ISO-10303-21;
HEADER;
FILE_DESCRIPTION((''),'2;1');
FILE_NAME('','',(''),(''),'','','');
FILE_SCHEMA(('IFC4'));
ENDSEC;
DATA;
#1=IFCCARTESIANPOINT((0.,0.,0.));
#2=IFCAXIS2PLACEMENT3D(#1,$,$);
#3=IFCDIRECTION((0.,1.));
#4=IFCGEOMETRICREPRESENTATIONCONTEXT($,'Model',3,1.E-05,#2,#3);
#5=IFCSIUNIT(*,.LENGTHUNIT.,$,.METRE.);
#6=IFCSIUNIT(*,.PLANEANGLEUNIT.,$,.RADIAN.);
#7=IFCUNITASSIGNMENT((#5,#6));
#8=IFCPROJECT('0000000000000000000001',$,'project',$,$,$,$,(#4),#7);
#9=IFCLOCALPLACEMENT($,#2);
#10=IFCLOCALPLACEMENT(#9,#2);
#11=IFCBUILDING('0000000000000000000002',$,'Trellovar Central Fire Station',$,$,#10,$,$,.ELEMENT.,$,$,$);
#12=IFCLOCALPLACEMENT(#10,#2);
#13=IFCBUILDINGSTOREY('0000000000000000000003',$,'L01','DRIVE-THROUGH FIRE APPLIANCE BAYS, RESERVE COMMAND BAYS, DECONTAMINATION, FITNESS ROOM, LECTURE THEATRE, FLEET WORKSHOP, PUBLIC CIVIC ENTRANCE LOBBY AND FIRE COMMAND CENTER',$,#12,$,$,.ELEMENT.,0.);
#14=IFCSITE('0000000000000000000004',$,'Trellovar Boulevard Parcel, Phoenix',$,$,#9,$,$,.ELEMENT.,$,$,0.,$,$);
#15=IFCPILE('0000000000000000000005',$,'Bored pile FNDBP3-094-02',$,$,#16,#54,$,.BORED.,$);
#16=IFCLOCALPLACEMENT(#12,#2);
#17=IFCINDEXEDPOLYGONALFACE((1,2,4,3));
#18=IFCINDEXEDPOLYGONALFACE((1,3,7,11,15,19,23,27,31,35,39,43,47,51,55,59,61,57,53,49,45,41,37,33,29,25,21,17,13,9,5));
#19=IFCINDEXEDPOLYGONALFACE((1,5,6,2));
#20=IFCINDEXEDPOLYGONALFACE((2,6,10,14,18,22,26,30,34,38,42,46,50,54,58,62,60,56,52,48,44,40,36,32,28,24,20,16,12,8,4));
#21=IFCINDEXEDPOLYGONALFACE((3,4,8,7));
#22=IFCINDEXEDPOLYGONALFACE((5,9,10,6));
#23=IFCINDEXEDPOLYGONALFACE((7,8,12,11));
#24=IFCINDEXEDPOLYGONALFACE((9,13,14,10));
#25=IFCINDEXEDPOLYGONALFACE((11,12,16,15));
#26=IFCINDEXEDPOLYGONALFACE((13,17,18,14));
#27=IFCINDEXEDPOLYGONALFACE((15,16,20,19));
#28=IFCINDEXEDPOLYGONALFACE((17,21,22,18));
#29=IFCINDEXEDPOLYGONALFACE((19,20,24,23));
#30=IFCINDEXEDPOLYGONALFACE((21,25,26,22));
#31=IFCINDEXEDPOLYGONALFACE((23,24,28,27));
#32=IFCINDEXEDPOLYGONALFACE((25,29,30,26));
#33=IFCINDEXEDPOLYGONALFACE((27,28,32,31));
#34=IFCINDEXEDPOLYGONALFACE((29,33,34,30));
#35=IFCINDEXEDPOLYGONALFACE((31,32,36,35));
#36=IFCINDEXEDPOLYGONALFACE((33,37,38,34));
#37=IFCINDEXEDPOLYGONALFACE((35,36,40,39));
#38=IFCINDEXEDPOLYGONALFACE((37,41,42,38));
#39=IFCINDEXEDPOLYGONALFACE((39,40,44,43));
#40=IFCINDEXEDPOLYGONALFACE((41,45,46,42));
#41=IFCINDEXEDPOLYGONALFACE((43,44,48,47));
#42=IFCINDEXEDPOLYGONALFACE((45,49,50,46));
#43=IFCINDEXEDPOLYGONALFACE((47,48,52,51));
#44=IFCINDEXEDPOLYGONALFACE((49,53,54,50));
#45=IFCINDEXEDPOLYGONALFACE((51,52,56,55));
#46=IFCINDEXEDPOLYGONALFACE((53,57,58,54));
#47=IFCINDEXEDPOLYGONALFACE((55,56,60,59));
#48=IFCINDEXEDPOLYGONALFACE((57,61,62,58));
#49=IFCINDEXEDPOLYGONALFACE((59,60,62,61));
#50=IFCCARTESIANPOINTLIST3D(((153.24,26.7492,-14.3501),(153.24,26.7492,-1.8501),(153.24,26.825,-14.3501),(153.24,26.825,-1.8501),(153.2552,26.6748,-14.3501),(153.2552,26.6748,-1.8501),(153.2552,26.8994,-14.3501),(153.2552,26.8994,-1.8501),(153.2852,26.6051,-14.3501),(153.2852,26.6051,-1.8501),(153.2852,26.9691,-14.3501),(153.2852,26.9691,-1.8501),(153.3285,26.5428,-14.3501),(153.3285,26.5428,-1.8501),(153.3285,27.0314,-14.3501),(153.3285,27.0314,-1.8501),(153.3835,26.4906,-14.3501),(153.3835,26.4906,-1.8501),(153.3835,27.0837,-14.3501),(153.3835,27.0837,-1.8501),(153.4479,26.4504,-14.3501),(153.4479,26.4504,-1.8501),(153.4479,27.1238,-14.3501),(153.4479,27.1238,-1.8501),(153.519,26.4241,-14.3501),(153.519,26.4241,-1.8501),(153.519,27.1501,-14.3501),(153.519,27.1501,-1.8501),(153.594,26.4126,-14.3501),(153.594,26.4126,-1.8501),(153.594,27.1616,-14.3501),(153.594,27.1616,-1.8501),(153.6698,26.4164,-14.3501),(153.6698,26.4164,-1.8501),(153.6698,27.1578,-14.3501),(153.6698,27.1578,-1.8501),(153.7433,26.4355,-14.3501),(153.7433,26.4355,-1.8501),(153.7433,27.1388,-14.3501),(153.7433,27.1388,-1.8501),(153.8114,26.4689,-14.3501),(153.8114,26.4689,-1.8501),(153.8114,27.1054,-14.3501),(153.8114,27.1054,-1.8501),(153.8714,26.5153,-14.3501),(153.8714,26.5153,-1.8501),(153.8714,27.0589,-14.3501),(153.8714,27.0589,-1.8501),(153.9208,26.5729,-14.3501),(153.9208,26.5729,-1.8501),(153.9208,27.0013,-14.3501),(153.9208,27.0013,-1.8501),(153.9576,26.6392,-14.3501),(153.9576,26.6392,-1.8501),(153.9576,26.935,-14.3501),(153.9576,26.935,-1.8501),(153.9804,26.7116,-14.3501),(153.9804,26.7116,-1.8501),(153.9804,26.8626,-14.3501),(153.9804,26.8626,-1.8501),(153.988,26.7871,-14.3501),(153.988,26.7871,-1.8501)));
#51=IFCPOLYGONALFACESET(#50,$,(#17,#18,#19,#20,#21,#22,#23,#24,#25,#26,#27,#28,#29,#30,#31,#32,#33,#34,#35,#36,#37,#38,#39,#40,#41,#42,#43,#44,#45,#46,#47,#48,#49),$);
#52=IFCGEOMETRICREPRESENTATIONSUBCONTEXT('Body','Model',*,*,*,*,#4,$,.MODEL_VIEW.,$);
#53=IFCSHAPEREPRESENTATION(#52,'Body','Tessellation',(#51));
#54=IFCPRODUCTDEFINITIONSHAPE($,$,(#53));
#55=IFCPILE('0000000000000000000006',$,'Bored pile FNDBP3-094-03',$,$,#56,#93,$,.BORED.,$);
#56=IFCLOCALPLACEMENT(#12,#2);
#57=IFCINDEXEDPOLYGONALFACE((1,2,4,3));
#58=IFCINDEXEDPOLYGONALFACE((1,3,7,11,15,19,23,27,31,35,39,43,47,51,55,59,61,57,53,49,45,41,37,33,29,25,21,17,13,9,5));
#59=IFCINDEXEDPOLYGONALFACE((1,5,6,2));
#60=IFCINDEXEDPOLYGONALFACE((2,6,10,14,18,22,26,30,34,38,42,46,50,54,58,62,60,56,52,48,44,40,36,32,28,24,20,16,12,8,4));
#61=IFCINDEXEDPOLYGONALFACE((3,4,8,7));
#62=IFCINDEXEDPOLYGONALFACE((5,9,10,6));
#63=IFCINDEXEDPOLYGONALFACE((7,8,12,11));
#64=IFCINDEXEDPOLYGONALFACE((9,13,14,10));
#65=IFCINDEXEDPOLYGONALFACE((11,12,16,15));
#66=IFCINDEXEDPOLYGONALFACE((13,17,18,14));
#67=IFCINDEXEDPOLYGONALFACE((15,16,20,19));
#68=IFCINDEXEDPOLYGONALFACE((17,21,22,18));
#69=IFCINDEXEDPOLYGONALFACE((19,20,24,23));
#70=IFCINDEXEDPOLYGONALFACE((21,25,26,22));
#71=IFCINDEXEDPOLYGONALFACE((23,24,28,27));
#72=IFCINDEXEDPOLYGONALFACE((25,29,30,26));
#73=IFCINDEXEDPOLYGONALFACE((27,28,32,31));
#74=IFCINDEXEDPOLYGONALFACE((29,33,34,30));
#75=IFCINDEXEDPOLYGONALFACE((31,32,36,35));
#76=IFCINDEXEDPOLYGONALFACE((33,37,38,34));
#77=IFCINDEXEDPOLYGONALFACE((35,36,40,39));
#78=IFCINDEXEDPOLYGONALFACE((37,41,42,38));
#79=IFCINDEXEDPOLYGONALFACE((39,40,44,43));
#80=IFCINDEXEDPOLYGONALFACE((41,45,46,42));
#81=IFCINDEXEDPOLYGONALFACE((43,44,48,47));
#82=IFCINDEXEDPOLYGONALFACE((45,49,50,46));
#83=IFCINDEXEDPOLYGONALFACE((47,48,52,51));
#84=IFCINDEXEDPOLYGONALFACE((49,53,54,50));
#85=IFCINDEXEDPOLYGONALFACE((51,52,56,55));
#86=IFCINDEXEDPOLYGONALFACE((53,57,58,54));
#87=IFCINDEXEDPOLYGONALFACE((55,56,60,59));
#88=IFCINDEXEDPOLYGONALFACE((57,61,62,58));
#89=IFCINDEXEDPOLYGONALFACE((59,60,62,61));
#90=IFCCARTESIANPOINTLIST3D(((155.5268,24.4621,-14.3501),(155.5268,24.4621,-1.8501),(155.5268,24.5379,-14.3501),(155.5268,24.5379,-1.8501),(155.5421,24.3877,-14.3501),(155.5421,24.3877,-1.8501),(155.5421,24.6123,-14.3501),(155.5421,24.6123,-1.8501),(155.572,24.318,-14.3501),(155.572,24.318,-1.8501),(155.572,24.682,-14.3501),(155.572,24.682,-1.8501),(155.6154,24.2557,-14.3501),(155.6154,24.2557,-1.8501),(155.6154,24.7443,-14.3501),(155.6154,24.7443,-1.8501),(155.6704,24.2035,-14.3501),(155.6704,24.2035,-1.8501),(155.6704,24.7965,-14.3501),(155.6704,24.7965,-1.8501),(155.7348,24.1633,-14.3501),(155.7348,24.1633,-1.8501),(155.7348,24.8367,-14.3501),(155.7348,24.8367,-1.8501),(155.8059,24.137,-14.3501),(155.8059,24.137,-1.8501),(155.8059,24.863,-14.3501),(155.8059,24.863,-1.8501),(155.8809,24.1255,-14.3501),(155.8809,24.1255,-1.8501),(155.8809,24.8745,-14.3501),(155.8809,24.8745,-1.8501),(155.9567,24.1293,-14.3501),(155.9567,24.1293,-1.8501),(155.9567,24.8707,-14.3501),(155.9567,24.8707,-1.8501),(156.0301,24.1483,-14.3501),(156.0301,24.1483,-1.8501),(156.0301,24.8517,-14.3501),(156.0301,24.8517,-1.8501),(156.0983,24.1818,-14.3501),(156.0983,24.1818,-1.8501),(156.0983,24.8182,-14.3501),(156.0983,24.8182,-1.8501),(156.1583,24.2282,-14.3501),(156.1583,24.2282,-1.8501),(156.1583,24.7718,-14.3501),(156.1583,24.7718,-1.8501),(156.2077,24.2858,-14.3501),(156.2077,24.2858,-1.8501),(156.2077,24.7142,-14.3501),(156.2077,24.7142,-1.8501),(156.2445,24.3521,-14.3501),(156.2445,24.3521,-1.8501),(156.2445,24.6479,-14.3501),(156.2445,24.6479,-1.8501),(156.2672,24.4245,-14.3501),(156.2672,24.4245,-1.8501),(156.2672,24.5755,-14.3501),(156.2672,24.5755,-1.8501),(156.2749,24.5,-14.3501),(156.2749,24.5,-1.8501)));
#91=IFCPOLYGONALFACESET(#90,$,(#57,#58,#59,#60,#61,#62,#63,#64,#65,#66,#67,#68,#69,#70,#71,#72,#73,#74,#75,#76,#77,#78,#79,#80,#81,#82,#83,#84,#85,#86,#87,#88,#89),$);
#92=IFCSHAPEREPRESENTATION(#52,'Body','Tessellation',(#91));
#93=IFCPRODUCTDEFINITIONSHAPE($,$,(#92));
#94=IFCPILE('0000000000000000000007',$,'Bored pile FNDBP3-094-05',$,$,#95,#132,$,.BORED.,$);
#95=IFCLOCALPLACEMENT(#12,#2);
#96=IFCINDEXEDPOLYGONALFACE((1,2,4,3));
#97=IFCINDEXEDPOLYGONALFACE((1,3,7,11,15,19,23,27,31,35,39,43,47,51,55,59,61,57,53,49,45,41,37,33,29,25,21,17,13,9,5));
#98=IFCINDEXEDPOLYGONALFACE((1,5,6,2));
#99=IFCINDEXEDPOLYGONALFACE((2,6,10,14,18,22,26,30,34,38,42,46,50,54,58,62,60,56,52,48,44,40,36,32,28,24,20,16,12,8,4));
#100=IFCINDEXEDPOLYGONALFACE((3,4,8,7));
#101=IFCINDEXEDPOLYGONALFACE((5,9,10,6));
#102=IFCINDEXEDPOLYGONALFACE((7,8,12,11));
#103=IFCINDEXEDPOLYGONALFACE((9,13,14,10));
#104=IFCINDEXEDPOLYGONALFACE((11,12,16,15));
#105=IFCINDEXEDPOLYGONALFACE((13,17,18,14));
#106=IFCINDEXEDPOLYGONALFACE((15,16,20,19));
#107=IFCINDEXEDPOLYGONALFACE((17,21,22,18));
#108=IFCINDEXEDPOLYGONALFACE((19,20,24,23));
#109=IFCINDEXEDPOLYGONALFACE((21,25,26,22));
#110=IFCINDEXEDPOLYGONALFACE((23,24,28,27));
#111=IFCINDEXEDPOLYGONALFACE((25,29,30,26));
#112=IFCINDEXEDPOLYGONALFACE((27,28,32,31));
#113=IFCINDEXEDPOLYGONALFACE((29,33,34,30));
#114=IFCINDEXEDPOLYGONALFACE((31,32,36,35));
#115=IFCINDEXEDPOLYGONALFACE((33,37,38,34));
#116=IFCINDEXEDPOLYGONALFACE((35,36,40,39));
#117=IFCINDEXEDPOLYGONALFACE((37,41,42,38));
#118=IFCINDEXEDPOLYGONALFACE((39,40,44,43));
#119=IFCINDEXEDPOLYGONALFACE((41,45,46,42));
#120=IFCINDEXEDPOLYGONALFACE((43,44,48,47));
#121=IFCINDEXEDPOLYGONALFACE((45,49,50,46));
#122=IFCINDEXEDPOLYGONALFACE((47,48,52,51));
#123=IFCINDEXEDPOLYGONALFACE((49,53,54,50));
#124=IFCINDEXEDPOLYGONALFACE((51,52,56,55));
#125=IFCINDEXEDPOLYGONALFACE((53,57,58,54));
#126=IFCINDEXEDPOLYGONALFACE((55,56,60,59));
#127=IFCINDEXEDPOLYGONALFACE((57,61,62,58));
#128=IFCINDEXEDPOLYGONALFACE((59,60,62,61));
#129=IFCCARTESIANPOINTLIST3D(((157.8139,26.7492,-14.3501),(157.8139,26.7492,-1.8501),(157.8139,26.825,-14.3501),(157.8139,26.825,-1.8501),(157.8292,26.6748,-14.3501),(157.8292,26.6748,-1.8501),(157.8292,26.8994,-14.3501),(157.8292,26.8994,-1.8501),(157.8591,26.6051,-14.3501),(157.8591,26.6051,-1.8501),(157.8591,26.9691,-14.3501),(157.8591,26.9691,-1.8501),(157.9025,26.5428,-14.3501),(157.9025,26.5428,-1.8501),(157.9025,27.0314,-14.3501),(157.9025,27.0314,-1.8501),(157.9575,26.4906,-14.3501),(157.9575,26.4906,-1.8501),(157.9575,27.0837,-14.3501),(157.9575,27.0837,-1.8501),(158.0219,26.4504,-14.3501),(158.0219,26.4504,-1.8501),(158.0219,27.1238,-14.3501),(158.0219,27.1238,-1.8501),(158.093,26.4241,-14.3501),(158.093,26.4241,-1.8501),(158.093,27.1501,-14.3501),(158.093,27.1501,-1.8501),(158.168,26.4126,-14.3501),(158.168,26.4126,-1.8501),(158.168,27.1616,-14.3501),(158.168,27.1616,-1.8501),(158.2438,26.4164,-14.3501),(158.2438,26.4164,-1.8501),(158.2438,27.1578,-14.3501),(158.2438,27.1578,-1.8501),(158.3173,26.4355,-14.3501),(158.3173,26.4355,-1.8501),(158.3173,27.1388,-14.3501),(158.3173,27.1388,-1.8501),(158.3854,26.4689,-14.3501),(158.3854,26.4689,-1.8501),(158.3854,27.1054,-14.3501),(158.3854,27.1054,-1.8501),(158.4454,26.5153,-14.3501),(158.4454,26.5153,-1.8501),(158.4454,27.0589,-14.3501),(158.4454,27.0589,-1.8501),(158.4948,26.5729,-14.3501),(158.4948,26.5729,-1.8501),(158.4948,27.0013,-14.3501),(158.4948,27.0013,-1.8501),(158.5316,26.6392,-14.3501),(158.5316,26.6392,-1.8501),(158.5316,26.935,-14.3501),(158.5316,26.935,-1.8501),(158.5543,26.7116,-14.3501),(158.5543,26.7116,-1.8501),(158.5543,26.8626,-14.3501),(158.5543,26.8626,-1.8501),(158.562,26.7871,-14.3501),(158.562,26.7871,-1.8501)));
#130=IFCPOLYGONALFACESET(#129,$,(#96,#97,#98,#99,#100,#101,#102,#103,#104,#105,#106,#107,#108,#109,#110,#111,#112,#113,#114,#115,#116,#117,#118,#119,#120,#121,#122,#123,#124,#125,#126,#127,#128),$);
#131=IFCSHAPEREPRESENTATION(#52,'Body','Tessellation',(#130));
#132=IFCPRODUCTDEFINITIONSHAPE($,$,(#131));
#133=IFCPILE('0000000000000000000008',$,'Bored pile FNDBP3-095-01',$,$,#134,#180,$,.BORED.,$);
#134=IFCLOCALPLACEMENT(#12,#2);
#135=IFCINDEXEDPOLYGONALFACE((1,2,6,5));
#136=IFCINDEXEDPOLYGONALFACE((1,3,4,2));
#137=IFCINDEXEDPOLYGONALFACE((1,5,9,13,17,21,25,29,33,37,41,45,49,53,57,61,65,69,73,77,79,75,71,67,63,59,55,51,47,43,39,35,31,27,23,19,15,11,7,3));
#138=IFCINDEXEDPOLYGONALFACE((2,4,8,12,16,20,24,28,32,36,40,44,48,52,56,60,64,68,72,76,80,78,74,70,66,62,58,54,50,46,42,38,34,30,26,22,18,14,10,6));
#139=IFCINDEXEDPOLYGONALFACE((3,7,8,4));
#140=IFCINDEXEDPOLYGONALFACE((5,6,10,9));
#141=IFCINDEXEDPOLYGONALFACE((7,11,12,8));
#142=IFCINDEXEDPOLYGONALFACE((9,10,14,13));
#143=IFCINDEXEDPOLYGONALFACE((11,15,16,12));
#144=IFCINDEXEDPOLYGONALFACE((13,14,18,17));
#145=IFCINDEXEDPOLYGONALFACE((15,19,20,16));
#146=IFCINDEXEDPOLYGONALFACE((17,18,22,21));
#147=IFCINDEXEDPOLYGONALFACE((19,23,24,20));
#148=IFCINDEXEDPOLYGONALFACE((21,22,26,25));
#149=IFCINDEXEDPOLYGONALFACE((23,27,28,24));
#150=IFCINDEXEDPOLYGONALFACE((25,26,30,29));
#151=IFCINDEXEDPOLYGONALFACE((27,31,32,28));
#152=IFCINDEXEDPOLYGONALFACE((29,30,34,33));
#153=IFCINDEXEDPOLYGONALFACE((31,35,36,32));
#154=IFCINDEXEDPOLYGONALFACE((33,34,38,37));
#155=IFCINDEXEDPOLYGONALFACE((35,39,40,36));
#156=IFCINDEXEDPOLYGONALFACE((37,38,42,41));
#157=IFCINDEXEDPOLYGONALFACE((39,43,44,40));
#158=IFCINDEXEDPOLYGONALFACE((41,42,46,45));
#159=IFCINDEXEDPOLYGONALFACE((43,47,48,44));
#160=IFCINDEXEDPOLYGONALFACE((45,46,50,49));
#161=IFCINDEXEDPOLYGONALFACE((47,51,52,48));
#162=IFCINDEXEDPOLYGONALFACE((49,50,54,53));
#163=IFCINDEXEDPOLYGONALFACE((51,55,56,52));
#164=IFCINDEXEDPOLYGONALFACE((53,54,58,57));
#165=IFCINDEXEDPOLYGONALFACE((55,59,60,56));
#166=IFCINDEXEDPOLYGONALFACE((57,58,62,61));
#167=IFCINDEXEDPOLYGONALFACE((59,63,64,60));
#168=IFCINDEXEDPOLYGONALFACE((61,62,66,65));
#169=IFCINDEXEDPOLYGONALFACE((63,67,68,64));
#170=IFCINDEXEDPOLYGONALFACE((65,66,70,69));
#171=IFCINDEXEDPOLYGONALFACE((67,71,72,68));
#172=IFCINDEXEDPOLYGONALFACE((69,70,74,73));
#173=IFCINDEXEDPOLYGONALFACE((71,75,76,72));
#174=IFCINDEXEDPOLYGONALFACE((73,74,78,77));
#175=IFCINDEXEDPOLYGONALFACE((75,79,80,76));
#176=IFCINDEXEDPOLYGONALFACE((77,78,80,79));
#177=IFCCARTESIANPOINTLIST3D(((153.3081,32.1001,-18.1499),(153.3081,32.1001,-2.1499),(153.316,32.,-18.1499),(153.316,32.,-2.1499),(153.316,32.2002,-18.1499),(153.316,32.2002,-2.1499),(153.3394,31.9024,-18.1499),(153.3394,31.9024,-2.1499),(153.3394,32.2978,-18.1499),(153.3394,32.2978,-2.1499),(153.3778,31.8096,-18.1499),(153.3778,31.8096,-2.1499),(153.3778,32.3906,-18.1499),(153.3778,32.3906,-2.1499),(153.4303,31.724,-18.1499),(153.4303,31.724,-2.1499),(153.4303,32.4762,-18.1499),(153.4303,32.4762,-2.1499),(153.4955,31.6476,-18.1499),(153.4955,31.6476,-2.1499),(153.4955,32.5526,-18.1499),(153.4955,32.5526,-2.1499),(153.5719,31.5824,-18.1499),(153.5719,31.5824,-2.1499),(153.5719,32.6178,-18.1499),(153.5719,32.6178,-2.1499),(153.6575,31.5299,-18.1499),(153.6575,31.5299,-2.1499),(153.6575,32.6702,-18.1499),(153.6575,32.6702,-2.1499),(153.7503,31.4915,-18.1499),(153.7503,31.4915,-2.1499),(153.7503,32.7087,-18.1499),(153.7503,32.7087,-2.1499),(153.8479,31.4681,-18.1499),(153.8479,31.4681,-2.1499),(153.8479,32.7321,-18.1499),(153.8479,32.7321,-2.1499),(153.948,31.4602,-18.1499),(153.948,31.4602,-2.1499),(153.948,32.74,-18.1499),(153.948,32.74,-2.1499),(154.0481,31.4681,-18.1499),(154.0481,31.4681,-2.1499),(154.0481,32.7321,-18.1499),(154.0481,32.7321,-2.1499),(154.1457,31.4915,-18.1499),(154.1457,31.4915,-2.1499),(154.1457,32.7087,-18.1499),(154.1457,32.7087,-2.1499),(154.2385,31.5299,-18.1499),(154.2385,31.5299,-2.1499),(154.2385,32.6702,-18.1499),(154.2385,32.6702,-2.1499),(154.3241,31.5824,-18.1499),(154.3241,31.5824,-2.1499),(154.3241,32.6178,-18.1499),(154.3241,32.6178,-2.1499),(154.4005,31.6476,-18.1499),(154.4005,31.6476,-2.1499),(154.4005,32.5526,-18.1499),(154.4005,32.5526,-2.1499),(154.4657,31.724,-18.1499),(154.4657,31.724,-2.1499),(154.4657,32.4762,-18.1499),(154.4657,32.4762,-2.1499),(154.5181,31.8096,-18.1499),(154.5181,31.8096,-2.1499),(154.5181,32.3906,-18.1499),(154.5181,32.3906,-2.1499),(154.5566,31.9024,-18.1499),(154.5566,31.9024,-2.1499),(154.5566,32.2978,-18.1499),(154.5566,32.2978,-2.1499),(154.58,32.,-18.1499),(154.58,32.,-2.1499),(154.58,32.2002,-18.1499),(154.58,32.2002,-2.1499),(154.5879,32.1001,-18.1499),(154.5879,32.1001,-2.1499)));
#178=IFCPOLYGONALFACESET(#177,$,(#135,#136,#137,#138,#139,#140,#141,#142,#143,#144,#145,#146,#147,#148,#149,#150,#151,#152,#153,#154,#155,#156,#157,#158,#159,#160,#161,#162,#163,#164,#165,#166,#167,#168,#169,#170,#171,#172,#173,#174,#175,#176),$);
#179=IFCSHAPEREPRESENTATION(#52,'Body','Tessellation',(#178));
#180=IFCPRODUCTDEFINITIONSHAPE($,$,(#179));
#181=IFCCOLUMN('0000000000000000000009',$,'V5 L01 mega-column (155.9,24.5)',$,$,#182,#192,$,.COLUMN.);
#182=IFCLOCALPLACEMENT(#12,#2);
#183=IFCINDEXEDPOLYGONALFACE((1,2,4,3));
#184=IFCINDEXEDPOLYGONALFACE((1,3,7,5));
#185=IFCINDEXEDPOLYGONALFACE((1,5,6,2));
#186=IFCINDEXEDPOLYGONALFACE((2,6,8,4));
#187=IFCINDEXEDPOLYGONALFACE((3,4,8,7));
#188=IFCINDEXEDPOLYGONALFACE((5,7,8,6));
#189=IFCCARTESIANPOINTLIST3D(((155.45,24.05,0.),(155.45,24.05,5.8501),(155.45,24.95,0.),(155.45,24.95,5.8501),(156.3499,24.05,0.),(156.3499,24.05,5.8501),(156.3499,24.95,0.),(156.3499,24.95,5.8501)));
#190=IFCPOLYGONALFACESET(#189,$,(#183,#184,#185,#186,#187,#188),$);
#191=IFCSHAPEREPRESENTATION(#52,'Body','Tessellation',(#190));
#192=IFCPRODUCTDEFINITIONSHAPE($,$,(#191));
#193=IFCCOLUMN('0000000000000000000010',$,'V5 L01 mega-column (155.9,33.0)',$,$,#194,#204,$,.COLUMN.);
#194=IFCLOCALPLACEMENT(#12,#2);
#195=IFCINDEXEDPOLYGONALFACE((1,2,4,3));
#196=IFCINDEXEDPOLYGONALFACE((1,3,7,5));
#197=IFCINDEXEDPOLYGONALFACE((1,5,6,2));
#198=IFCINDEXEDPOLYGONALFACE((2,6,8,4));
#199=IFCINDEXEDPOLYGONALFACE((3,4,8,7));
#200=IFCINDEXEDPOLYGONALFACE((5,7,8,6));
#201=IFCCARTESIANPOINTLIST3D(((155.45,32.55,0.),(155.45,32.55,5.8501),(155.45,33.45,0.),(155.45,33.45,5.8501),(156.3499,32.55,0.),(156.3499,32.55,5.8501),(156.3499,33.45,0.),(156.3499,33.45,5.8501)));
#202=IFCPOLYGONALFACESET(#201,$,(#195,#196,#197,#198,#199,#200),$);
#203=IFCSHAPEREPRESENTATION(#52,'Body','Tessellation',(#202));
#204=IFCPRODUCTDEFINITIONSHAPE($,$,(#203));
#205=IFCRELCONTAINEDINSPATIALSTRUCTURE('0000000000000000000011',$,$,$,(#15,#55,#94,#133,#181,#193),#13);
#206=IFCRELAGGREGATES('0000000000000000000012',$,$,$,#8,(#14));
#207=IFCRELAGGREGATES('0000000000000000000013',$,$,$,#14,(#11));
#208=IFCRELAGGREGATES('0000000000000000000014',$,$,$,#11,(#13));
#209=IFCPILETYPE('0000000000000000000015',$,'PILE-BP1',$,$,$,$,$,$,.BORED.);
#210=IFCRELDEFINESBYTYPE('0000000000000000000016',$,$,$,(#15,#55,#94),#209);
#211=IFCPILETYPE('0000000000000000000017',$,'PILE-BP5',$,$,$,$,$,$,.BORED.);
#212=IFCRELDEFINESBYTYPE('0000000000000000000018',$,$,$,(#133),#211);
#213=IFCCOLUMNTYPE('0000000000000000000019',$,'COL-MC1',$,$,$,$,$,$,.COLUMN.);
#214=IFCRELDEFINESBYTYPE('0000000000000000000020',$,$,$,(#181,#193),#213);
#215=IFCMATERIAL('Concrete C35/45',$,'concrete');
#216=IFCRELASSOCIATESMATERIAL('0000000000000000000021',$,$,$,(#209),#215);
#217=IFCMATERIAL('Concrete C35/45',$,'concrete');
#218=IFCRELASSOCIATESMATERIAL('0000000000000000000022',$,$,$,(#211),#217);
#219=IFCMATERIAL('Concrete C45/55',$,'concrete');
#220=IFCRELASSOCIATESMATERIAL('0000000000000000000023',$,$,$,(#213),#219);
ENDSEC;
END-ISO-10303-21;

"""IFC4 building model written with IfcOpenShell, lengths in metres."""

from ifc_helpers import new_model, si_unit, direction, frame, origin, origin_2d, place, context, subcontext, project, spatial, rectangle, circle, extrude, material, material_profile, profile_set, type_object, element, save


model = new_model("IFC4")

# Units and contexts
model_context = context("Model", 3, precision=1e-05, world=origin(), true_north=direction((0.0, 1.0)))
body_context = subcontext(model_context, "Body", "Model", "MODEL_VIEW")
ifc_project = project(units=[si_unit("LENGTHUNIT", "METRE"), si_unit("PLANEANGLEUNIT", "RADIAN")], contexts=[model_context])

# Site, building, storey
site_placement = place(None, origin())
site = spatial("IfcSite", under=ifc_project, at=site_placement, Name="Trellovar Boulevard Parcel, Phoenix", CompositionType="ELEMENT", RefElevation=0.0)
building_placement = place(site_placement, origin())
building = spatial("IfcBuilding", under=site, at=building_placement, Name="Trellovar Central Fire Station", CompositionType="ELEMENT")
storey_placement = place(building_placement, origin())
storey = spatial("IfcBuildingStorey", under=building, at=storey_placement, Name="L01", Description="DRIVE-THROUGH FIRE APPLIANCE BAYS, RESERVE COMMAND BAYS, DECONTAMINATION, FITNESS ROOM, LECTURE THEATRE, FLEET WORKSHOP, PUBLIC CIVIC ENTRANCE LOBBY AND FIRE COMMAND CENTER", CompositionType="ELEMENT", Elevation=0.0)

# Piles
ifc_material_1 = material(Name="Concrete C35/45", Category="concrete")
ifc_material_profile_1 = material_profile(ifc_material_1, circle(Radius=0.375, at=origin_2d()), Name="PILE750")
ifc_profile_set_1 = profile_set([ifc_material_profile_1], Name="Concrete C35/45")
pile_type_1 = type_object("IfcPileType", Name="PILE-BP1", PredefinedType="BORED", material=ifc_profile_set_1)
for number, where, z_axis, x_axis, name in (
    (1, (153.613, 26.7871, -1.8501), (0.0, 0.0, -1.0), (1.0, 0.0, 0.0), "Bored pile FNDBP3-094-02"),
    (2, (155.8999, 24.5, -1.8501), (0.0, 0.0, -1.0), (1.0, 0.0, 0.0), "Bored pile FNDBP3-094-03"),
    (3, (158.187, 26.7871, -1.8501), (0.0, 0.0, -1.0), (1.0, 0.0, 0.0), "Bored pile FNDBP3-094-05"),
):
    element("IfcPile", number, at=place(storey_placement, frame(where, z_axis=z_axis, x_axis=x_axis)), inside=storey, type_object=pile_type_1, Name=name, PredefinedType="BORED", context=body_context, shape_type="SweptSolid", body=[
        extrude(circle(Radius=0.375, at=origin_2d()), origin(), (0.0, 0.0, 1.0), 12.5),
    ])
ifc_material_2 = material(Name="Concrete C35/45", Category="concrete")
ifc_material_profile_2 = material_profile(ifc_material_2, circle(Radius=0.6399, at=origin_2d()), Name="PILE1280")
ifc_profile_set_2 = profile_set([ifc_material_profile_2], Name="Concrete C35/45")
pile_type_2 = type_object("IfcPileType", Name="PILE-BP5", PredefinedType="BORED", material=ifc_profile_set_2)
pile_placement = place(storey_placement, frame((153.948, 32.1001, -2.1499), z_axis=(0.0, 0.0, -1.0), x_axis=(1.0, 0.0, 0.0)))
element("IfcPile", 4, at=pile_placement, inside=storey, type_object=pile_type_2, Name="Bored pile FNDBP3-095-01", PredefinedType="BORED", context=body_context, shape_type="SweptSolid", body=[
    extrude(circle(Radius=0.6399, at=origin_2d()), origin(), (0.0, 0.0, 1.0), 16.0),
])

# Columns
ifc_material_3 = material(Name="Concrete C45/55", Category="concrete")
ifc_material_profile_3 = material_profile(ifc_material_3, rectangle(XDim=0.8999, YDim=0.8999, at=origin_2d()), Name="RC900X900")
ifc_profile_set_3 = profile_set([ifc_material_profile_3], Name="Concrete C45/55")
column_type = type_object("IfcColumnType", Name="COL-MC1", PredefinedType="COLUMN", material=ifc_profile_set_3)
for number, where, z_axis, x_axis, name in (
    (5, (155.8999, 24.5, 0.0), (0.0, 0.0, 1.0), (1.0, 0.0, 0.0), "V5 L01 mega-column (155.9,24.5)"),
    (6, (155.8999, 33.0, 0.0), (0.0, 0.0, 1.0), (1.0, 0.0, 0.0), "V5 L01 mega-column (155.9,33.0)"),
):
    element("IfcColumn", number, at=place(storey_placement, frame(where, z_axis=z_axis, x_axis=x_axis)), inside=storey, type_object=column_type, Name=name, PredefinedType="COLUMN", context=body_context, shape_type="SweptSolid", body=[
        extrude(rectangle(XDim=0.8999, YDim=0.8999, at=origin_2d()), origin(), (0.0, 0.0, 1.0), 5.8501),
    ])

save(model, "model.ifc")
